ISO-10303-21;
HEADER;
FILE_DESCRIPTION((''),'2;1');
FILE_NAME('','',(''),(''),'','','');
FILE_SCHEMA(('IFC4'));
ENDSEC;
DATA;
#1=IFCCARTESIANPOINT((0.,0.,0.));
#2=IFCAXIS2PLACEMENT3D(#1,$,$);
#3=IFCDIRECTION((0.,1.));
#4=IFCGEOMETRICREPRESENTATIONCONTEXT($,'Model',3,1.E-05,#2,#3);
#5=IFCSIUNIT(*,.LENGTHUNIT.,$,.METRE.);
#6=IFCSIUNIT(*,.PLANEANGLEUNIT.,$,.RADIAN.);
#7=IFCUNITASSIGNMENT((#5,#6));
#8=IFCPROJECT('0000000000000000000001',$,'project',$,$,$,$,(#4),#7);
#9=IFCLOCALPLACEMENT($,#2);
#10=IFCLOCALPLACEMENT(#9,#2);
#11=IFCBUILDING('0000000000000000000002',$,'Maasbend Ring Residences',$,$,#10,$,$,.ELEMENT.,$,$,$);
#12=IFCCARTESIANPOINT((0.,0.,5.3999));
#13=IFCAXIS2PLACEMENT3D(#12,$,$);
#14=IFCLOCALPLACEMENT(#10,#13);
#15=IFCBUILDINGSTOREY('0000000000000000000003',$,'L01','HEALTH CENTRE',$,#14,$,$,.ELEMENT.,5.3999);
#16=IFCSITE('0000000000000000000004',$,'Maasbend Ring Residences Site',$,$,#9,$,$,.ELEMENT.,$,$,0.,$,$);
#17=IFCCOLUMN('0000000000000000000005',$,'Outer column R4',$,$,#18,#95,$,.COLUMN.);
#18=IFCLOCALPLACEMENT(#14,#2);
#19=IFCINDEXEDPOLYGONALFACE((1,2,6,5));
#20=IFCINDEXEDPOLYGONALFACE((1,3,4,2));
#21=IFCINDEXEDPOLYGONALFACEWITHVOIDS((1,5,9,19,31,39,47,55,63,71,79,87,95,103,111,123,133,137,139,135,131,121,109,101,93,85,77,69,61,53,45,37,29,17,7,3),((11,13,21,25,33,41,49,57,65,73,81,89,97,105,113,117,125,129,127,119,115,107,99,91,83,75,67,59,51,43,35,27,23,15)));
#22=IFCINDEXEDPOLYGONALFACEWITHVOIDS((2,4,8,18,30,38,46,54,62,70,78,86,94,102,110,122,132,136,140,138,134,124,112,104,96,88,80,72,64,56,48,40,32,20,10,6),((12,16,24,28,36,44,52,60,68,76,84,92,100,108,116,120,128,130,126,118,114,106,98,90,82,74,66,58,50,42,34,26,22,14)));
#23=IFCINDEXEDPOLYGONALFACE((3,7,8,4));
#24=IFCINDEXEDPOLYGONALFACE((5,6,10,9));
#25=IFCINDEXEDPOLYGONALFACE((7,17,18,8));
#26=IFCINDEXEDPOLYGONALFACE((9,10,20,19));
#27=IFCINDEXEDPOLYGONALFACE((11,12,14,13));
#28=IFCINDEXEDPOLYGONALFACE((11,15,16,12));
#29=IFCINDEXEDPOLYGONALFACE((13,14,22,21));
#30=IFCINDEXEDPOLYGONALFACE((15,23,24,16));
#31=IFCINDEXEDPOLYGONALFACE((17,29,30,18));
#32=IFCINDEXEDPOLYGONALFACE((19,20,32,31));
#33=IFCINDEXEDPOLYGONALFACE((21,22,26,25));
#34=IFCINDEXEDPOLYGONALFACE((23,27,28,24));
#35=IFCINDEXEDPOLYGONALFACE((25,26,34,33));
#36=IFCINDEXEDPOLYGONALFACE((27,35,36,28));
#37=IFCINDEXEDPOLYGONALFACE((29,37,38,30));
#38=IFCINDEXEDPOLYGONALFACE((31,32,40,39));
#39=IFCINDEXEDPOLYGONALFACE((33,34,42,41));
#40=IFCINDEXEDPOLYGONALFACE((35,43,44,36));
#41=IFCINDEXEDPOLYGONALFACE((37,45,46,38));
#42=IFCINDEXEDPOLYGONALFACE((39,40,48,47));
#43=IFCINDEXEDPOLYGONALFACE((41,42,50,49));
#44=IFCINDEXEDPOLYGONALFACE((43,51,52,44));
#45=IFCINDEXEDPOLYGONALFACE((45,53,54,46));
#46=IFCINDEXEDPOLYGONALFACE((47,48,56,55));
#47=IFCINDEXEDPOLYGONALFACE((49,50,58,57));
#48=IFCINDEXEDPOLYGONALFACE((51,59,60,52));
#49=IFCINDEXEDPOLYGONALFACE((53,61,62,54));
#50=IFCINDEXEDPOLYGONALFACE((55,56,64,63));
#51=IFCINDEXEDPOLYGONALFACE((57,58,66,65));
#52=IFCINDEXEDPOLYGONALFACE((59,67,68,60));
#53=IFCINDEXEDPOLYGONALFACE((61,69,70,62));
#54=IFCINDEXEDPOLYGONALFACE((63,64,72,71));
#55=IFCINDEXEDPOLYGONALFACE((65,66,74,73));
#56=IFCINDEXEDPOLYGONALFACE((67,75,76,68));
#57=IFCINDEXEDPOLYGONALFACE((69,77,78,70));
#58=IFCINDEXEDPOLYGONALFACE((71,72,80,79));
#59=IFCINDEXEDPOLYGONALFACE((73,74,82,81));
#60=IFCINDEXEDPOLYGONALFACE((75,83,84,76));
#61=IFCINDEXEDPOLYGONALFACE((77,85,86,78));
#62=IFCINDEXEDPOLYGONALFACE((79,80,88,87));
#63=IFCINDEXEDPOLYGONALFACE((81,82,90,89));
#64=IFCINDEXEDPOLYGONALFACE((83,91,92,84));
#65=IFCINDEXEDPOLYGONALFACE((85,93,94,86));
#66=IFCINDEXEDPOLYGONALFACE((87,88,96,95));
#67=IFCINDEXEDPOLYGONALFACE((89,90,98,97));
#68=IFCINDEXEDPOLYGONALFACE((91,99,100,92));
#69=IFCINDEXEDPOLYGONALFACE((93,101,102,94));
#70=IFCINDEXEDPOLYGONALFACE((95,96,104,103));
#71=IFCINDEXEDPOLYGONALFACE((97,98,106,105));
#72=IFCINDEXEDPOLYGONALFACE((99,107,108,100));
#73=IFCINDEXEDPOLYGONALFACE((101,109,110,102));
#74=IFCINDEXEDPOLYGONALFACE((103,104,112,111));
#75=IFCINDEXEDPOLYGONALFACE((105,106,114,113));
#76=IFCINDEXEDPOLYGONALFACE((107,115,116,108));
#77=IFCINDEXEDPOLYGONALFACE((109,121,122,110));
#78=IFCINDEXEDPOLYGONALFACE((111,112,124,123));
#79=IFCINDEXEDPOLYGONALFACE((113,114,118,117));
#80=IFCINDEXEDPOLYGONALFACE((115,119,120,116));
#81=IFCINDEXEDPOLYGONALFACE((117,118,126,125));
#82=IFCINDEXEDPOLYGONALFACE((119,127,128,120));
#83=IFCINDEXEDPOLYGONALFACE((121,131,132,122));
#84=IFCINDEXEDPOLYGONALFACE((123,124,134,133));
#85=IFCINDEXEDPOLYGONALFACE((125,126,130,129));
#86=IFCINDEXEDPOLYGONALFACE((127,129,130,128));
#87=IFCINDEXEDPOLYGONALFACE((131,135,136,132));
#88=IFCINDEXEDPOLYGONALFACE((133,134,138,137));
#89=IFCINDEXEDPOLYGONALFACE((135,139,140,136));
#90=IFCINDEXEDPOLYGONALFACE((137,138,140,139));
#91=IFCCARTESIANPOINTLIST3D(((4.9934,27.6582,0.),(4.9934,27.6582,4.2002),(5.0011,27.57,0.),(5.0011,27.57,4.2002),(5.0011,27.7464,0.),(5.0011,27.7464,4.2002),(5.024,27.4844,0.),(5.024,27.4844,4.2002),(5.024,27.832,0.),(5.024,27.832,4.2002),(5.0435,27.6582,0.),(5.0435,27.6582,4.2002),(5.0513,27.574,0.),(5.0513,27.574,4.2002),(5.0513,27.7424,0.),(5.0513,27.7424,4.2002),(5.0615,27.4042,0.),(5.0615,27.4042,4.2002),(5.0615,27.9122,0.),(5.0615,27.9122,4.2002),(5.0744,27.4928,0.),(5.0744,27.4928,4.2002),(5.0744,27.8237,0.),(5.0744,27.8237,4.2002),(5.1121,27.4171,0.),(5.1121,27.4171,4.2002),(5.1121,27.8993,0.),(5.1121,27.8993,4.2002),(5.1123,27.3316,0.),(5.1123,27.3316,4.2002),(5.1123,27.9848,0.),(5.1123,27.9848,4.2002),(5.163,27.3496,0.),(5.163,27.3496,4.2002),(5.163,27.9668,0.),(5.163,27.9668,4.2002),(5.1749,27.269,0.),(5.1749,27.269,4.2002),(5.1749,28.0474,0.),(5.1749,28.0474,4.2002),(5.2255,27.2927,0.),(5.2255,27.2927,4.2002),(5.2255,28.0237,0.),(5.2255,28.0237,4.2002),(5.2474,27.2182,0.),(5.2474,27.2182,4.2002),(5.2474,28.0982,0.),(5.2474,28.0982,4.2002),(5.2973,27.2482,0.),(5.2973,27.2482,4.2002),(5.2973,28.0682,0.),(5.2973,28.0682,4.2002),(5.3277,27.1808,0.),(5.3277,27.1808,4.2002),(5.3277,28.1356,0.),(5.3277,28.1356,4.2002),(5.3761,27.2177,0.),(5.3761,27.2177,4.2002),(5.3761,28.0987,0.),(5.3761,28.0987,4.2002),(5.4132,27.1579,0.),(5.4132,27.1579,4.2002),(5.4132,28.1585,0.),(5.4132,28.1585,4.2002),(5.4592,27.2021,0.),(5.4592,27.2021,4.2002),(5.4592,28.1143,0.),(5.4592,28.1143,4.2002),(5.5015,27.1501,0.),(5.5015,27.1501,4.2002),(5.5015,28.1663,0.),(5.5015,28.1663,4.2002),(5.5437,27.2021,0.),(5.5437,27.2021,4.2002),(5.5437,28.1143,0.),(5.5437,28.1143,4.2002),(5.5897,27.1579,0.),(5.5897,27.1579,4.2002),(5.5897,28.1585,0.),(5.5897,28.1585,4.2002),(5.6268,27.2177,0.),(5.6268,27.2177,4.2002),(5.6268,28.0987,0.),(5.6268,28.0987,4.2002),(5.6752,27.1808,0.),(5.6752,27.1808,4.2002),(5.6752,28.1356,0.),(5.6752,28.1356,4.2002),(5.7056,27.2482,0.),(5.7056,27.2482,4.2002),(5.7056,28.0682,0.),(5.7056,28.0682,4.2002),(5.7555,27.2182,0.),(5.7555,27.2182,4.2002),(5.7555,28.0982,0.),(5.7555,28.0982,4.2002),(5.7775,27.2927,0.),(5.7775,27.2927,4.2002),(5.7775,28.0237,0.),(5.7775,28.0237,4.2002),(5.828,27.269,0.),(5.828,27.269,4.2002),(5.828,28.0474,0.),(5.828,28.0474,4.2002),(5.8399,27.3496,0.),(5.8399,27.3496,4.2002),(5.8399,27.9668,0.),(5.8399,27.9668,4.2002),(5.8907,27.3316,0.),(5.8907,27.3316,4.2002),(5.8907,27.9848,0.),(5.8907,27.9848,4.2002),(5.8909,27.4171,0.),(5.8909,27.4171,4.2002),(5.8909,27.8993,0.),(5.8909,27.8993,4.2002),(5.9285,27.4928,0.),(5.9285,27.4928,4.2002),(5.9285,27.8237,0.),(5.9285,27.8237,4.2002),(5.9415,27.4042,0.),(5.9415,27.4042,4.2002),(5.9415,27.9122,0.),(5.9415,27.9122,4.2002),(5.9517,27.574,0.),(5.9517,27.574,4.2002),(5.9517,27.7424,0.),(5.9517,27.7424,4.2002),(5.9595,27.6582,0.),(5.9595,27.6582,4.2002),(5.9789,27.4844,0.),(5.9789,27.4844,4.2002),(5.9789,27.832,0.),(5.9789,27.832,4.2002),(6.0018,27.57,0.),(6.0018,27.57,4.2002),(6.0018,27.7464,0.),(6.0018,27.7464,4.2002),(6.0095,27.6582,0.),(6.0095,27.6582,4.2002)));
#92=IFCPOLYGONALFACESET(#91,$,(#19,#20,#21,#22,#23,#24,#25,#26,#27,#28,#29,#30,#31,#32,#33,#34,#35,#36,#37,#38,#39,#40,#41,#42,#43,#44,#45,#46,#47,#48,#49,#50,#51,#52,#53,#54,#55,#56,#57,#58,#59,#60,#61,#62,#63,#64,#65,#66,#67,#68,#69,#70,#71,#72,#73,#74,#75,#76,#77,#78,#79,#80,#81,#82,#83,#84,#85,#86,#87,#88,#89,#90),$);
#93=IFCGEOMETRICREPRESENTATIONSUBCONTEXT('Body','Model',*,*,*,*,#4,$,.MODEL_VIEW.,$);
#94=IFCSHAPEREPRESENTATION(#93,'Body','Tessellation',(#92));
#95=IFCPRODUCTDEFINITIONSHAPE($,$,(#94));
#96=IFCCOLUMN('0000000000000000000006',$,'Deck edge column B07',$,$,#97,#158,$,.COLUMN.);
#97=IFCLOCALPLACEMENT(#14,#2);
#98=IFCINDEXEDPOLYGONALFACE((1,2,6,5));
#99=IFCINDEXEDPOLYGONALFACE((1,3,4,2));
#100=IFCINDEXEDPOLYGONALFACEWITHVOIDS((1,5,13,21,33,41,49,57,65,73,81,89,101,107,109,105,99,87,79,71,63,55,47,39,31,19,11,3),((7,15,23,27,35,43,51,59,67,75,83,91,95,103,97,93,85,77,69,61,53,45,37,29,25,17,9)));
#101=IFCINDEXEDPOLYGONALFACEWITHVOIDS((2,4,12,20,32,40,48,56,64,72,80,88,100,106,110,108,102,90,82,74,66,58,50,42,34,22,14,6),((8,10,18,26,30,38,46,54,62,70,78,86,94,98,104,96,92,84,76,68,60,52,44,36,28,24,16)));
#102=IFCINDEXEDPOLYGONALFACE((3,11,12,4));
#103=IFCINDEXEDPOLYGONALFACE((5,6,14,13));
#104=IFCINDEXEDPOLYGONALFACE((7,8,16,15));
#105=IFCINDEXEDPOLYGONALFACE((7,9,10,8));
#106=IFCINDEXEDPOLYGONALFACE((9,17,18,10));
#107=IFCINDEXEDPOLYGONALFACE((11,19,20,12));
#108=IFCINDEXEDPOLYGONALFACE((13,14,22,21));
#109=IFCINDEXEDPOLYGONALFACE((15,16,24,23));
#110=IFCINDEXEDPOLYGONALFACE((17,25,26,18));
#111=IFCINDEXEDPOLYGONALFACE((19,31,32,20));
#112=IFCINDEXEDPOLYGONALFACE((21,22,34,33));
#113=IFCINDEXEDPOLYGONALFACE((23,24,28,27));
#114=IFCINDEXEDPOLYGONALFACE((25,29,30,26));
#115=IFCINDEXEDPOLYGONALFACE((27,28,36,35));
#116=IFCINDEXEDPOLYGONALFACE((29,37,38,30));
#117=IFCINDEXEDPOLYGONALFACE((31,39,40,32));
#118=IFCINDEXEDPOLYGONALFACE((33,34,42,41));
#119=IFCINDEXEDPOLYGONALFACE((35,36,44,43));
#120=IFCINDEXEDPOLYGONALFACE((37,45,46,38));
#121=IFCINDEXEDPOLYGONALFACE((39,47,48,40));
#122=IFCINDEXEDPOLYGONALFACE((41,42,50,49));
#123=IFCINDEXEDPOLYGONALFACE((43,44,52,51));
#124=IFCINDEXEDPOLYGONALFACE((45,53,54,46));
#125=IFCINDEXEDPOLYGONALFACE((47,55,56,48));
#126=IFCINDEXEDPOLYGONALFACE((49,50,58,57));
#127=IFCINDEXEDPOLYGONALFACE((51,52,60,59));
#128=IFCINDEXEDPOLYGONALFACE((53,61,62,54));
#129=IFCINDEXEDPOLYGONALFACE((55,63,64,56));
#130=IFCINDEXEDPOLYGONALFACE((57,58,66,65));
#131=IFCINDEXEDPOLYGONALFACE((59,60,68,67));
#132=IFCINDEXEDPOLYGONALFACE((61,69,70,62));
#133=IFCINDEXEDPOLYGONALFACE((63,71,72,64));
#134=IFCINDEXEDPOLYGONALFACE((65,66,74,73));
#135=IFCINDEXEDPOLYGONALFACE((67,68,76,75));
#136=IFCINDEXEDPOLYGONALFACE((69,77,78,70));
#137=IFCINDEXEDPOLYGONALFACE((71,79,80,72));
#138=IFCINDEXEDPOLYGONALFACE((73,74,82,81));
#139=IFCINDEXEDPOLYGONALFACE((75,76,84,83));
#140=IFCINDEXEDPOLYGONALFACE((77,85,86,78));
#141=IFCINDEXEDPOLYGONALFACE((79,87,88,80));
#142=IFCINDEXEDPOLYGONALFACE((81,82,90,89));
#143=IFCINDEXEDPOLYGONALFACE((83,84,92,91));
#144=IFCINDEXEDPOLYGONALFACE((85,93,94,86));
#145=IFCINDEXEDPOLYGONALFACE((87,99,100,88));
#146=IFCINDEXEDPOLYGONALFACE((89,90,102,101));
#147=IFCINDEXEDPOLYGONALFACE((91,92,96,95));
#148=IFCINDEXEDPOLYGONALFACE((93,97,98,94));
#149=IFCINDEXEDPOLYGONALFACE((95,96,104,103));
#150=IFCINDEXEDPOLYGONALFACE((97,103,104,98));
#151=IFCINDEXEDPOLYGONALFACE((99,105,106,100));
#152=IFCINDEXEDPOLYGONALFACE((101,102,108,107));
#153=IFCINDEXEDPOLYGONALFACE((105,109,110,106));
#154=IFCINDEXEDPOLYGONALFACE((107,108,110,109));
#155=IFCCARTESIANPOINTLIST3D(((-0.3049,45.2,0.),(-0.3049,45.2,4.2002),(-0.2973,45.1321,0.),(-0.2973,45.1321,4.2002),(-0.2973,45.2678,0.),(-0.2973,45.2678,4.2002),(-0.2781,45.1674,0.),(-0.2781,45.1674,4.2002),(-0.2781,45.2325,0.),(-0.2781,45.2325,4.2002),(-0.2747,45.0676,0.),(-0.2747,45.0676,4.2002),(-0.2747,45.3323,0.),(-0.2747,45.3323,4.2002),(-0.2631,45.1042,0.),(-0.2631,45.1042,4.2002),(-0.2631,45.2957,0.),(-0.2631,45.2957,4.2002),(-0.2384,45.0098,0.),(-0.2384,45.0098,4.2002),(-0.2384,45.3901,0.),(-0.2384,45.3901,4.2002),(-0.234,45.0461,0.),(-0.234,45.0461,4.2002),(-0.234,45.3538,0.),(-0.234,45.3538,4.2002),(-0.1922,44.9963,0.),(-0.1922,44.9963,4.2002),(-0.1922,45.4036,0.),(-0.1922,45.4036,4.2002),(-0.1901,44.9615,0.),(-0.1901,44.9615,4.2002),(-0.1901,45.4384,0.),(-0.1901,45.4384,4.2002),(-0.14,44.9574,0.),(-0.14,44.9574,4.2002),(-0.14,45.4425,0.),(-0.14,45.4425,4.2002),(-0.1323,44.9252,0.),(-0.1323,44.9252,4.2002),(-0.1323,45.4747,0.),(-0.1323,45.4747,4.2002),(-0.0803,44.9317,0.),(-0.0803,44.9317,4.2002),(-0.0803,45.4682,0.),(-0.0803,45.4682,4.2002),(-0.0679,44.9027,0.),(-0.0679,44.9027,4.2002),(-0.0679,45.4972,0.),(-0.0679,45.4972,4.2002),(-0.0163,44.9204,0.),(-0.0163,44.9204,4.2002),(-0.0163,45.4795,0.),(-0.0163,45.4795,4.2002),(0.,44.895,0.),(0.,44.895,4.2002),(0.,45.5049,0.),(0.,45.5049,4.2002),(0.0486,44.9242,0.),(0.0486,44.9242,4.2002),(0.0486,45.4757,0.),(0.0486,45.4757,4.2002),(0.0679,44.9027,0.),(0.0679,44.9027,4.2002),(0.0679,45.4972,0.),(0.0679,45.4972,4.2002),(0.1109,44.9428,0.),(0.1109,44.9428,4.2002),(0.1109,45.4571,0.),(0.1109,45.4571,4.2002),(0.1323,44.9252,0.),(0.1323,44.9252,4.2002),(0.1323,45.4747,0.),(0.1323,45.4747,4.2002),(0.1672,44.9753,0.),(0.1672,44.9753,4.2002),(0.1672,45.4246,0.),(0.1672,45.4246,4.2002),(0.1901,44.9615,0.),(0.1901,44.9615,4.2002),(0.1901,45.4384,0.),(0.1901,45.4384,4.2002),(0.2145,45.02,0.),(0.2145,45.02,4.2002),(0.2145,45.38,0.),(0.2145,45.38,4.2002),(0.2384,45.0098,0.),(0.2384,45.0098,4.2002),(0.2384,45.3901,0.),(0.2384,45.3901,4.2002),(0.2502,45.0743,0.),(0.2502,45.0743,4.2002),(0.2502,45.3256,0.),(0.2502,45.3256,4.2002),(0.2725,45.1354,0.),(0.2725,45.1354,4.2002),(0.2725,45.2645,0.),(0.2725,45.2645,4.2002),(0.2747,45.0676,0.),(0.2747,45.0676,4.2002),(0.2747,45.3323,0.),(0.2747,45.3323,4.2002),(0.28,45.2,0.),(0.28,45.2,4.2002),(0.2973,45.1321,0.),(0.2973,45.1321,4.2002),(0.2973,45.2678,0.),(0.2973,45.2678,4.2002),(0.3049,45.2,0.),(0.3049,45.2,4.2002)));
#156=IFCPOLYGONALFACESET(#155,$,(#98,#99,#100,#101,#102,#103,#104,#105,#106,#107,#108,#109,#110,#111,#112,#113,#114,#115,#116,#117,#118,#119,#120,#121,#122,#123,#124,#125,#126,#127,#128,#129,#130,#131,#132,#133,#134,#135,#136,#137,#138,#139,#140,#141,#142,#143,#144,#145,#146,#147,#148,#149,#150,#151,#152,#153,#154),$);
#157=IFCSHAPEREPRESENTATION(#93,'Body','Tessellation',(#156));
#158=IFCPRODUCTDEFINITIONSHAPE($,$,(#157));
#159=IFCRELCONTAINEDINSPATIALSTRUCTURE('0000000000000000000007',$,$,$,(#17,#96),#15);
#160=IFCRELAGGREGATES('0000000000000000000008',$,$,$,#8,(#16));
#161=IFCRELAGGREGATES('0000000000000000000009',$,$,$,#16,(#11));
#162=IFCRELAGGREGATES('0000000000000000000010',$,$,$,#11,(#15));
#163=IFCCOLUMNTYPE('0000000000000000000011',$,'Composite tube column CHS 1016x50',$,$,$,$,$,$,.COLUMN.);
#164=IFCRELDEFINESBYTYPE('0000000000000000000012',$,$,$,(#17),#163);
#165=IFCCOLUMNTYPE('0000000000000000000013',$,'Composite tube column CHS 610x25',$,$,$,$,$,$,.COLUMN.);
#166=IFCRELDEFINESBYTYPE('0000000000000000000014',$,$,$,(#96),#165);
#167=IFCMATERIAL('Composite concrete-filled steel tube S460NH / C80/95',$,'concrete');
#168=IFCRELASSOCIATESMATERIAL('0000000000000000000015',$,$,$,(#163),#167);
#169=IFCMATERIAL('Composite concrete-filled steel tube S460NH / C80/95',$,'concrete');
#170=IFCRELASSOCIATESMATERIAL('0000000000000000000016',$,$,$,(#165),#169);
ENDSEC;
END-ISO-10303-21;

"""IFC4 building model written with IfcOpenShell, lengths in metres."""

from ifc_helpers import new_model, si_unit, direction, frame, origin, origin_2d, place, context, subcontext, project, spatial, hollow_circle, extrude, material, material_profile, profile_set, type_object, element, save


model = new_model("IFC4")

# Units and contexts
model_context = context("Model", 3, precision=1e-05, world=origin(), true_north=direction((0.0, 1.0)))
body_context = subcontext(model_context, "Body", "Model", "MODEL_VIEW")
ifc_project = project(units=[si_unit("LENGTHUNIT", "METRE"), si_unit("PLANEANGLEUNIT", "RADIAN")], contexts=[model_context])

# Site, building, storey
site_placement = place(None, origin())
site = spatial("IfcSite", under=ifc_project, at=site_placement, Name="Maasbend Ring Residences Site", CompositionType="ELEMENT", RefElevation=0.0)
building_placement = place(site_placement, origin())
building = spatial("IfcBuilding", under=site, at=building_placement, Name="Maasbend Ring Residences", CompositionType="ELEMENT")
storey_placement = place(building_placement, frame((0.0, 0.0, 5.3999)))
storey = spatial("IfcBuildingStorey", under=building, at=storey_placement, Name="L01", Description="HEALTH CENTRE", CompositionType="ELEMENT", Elevation=5.3999)

# Columns
ifc_material_1 = material(Name="Composite concrete-filled steel tube S460NH / C80/95", Category="concrete")
ifc_material_profile_1 = material_profile(ifc_material_1, hollow_circle(Radius=0.5081, WallThickness=0.05, at=origin_2d()), Name="Composite tube column CHS 1016x50")
ifc_profile_set_1 = profile_set([ifc_material_profile_1], Name="Composite concrete-filled steel tube S460NH / C80/95")
column_type_1 = type_object("IfcColumnType", Name="Composite tube column CHS 1016x50", PredefinedType="COLUMN", material=ifc_profile_set_1)
column_1_placement = place(storey_placement, frame((5.5015, 27.6582, 0.0), z_axis=(0.0, 0.0, 1.0), x_axis=(1.0, 0.0, 0.0)))
element("IfcColumn", 1, at=column_1_placement, inside=storey, type_object=column_type_1, Name="Outer column R4", PredefinedType="COLUMN", context=body_context, shape_type="SweptSolid", body=[
    extrude(hollow_circle(Radius=0.5081, WallThickness=0.05, at=origin_2d()), origin(), (0.0, 0.0, 1.0), 4.2002),
])
ifc_material_2 = material(Name="Composite concrete-filled steel tube S460NH / C80/95", Category="concrete")
ifc_material_profile_2 = material_profile(ifc_material_2, hollow_circle(Radius=0.3049, WallThickness=0.0249, at=origin_2d()), Name="Composite tube column CHS 610x25")
ifc_profile_set_2 = profile_set([ifc_material_profile_2], Name="Composite concrete-filled steel tube S460NH / C80/95")
column_type_2 = type_object("IfcColumnType", Name="Composite tube column CHS 610x25", PredefinedType="COLUMN", material=ifc_profile_set_2)
column_2_placement = place(storey_placement, frame((0.0, 45.2, 0.0), z_axis=(0.0, 0.0, 1.0), x_axis=(1.0, 0.0, 0.0)))
element("IfcColumn", 2, at=column_2_placement, inside=storey, type_object=column_type_2, Name="Deck edge column B07", PredefinedType="COLUMN", context=body_context, shape_type="SweptSolid", body=[
    extrude(hollow_circle(Radius=0.3049, WallThickness=0.0249, at=origin_2d()), origin(), (0.0, 0.0, 1.0), 4.2002),
])

save(model, "model.ifc")
